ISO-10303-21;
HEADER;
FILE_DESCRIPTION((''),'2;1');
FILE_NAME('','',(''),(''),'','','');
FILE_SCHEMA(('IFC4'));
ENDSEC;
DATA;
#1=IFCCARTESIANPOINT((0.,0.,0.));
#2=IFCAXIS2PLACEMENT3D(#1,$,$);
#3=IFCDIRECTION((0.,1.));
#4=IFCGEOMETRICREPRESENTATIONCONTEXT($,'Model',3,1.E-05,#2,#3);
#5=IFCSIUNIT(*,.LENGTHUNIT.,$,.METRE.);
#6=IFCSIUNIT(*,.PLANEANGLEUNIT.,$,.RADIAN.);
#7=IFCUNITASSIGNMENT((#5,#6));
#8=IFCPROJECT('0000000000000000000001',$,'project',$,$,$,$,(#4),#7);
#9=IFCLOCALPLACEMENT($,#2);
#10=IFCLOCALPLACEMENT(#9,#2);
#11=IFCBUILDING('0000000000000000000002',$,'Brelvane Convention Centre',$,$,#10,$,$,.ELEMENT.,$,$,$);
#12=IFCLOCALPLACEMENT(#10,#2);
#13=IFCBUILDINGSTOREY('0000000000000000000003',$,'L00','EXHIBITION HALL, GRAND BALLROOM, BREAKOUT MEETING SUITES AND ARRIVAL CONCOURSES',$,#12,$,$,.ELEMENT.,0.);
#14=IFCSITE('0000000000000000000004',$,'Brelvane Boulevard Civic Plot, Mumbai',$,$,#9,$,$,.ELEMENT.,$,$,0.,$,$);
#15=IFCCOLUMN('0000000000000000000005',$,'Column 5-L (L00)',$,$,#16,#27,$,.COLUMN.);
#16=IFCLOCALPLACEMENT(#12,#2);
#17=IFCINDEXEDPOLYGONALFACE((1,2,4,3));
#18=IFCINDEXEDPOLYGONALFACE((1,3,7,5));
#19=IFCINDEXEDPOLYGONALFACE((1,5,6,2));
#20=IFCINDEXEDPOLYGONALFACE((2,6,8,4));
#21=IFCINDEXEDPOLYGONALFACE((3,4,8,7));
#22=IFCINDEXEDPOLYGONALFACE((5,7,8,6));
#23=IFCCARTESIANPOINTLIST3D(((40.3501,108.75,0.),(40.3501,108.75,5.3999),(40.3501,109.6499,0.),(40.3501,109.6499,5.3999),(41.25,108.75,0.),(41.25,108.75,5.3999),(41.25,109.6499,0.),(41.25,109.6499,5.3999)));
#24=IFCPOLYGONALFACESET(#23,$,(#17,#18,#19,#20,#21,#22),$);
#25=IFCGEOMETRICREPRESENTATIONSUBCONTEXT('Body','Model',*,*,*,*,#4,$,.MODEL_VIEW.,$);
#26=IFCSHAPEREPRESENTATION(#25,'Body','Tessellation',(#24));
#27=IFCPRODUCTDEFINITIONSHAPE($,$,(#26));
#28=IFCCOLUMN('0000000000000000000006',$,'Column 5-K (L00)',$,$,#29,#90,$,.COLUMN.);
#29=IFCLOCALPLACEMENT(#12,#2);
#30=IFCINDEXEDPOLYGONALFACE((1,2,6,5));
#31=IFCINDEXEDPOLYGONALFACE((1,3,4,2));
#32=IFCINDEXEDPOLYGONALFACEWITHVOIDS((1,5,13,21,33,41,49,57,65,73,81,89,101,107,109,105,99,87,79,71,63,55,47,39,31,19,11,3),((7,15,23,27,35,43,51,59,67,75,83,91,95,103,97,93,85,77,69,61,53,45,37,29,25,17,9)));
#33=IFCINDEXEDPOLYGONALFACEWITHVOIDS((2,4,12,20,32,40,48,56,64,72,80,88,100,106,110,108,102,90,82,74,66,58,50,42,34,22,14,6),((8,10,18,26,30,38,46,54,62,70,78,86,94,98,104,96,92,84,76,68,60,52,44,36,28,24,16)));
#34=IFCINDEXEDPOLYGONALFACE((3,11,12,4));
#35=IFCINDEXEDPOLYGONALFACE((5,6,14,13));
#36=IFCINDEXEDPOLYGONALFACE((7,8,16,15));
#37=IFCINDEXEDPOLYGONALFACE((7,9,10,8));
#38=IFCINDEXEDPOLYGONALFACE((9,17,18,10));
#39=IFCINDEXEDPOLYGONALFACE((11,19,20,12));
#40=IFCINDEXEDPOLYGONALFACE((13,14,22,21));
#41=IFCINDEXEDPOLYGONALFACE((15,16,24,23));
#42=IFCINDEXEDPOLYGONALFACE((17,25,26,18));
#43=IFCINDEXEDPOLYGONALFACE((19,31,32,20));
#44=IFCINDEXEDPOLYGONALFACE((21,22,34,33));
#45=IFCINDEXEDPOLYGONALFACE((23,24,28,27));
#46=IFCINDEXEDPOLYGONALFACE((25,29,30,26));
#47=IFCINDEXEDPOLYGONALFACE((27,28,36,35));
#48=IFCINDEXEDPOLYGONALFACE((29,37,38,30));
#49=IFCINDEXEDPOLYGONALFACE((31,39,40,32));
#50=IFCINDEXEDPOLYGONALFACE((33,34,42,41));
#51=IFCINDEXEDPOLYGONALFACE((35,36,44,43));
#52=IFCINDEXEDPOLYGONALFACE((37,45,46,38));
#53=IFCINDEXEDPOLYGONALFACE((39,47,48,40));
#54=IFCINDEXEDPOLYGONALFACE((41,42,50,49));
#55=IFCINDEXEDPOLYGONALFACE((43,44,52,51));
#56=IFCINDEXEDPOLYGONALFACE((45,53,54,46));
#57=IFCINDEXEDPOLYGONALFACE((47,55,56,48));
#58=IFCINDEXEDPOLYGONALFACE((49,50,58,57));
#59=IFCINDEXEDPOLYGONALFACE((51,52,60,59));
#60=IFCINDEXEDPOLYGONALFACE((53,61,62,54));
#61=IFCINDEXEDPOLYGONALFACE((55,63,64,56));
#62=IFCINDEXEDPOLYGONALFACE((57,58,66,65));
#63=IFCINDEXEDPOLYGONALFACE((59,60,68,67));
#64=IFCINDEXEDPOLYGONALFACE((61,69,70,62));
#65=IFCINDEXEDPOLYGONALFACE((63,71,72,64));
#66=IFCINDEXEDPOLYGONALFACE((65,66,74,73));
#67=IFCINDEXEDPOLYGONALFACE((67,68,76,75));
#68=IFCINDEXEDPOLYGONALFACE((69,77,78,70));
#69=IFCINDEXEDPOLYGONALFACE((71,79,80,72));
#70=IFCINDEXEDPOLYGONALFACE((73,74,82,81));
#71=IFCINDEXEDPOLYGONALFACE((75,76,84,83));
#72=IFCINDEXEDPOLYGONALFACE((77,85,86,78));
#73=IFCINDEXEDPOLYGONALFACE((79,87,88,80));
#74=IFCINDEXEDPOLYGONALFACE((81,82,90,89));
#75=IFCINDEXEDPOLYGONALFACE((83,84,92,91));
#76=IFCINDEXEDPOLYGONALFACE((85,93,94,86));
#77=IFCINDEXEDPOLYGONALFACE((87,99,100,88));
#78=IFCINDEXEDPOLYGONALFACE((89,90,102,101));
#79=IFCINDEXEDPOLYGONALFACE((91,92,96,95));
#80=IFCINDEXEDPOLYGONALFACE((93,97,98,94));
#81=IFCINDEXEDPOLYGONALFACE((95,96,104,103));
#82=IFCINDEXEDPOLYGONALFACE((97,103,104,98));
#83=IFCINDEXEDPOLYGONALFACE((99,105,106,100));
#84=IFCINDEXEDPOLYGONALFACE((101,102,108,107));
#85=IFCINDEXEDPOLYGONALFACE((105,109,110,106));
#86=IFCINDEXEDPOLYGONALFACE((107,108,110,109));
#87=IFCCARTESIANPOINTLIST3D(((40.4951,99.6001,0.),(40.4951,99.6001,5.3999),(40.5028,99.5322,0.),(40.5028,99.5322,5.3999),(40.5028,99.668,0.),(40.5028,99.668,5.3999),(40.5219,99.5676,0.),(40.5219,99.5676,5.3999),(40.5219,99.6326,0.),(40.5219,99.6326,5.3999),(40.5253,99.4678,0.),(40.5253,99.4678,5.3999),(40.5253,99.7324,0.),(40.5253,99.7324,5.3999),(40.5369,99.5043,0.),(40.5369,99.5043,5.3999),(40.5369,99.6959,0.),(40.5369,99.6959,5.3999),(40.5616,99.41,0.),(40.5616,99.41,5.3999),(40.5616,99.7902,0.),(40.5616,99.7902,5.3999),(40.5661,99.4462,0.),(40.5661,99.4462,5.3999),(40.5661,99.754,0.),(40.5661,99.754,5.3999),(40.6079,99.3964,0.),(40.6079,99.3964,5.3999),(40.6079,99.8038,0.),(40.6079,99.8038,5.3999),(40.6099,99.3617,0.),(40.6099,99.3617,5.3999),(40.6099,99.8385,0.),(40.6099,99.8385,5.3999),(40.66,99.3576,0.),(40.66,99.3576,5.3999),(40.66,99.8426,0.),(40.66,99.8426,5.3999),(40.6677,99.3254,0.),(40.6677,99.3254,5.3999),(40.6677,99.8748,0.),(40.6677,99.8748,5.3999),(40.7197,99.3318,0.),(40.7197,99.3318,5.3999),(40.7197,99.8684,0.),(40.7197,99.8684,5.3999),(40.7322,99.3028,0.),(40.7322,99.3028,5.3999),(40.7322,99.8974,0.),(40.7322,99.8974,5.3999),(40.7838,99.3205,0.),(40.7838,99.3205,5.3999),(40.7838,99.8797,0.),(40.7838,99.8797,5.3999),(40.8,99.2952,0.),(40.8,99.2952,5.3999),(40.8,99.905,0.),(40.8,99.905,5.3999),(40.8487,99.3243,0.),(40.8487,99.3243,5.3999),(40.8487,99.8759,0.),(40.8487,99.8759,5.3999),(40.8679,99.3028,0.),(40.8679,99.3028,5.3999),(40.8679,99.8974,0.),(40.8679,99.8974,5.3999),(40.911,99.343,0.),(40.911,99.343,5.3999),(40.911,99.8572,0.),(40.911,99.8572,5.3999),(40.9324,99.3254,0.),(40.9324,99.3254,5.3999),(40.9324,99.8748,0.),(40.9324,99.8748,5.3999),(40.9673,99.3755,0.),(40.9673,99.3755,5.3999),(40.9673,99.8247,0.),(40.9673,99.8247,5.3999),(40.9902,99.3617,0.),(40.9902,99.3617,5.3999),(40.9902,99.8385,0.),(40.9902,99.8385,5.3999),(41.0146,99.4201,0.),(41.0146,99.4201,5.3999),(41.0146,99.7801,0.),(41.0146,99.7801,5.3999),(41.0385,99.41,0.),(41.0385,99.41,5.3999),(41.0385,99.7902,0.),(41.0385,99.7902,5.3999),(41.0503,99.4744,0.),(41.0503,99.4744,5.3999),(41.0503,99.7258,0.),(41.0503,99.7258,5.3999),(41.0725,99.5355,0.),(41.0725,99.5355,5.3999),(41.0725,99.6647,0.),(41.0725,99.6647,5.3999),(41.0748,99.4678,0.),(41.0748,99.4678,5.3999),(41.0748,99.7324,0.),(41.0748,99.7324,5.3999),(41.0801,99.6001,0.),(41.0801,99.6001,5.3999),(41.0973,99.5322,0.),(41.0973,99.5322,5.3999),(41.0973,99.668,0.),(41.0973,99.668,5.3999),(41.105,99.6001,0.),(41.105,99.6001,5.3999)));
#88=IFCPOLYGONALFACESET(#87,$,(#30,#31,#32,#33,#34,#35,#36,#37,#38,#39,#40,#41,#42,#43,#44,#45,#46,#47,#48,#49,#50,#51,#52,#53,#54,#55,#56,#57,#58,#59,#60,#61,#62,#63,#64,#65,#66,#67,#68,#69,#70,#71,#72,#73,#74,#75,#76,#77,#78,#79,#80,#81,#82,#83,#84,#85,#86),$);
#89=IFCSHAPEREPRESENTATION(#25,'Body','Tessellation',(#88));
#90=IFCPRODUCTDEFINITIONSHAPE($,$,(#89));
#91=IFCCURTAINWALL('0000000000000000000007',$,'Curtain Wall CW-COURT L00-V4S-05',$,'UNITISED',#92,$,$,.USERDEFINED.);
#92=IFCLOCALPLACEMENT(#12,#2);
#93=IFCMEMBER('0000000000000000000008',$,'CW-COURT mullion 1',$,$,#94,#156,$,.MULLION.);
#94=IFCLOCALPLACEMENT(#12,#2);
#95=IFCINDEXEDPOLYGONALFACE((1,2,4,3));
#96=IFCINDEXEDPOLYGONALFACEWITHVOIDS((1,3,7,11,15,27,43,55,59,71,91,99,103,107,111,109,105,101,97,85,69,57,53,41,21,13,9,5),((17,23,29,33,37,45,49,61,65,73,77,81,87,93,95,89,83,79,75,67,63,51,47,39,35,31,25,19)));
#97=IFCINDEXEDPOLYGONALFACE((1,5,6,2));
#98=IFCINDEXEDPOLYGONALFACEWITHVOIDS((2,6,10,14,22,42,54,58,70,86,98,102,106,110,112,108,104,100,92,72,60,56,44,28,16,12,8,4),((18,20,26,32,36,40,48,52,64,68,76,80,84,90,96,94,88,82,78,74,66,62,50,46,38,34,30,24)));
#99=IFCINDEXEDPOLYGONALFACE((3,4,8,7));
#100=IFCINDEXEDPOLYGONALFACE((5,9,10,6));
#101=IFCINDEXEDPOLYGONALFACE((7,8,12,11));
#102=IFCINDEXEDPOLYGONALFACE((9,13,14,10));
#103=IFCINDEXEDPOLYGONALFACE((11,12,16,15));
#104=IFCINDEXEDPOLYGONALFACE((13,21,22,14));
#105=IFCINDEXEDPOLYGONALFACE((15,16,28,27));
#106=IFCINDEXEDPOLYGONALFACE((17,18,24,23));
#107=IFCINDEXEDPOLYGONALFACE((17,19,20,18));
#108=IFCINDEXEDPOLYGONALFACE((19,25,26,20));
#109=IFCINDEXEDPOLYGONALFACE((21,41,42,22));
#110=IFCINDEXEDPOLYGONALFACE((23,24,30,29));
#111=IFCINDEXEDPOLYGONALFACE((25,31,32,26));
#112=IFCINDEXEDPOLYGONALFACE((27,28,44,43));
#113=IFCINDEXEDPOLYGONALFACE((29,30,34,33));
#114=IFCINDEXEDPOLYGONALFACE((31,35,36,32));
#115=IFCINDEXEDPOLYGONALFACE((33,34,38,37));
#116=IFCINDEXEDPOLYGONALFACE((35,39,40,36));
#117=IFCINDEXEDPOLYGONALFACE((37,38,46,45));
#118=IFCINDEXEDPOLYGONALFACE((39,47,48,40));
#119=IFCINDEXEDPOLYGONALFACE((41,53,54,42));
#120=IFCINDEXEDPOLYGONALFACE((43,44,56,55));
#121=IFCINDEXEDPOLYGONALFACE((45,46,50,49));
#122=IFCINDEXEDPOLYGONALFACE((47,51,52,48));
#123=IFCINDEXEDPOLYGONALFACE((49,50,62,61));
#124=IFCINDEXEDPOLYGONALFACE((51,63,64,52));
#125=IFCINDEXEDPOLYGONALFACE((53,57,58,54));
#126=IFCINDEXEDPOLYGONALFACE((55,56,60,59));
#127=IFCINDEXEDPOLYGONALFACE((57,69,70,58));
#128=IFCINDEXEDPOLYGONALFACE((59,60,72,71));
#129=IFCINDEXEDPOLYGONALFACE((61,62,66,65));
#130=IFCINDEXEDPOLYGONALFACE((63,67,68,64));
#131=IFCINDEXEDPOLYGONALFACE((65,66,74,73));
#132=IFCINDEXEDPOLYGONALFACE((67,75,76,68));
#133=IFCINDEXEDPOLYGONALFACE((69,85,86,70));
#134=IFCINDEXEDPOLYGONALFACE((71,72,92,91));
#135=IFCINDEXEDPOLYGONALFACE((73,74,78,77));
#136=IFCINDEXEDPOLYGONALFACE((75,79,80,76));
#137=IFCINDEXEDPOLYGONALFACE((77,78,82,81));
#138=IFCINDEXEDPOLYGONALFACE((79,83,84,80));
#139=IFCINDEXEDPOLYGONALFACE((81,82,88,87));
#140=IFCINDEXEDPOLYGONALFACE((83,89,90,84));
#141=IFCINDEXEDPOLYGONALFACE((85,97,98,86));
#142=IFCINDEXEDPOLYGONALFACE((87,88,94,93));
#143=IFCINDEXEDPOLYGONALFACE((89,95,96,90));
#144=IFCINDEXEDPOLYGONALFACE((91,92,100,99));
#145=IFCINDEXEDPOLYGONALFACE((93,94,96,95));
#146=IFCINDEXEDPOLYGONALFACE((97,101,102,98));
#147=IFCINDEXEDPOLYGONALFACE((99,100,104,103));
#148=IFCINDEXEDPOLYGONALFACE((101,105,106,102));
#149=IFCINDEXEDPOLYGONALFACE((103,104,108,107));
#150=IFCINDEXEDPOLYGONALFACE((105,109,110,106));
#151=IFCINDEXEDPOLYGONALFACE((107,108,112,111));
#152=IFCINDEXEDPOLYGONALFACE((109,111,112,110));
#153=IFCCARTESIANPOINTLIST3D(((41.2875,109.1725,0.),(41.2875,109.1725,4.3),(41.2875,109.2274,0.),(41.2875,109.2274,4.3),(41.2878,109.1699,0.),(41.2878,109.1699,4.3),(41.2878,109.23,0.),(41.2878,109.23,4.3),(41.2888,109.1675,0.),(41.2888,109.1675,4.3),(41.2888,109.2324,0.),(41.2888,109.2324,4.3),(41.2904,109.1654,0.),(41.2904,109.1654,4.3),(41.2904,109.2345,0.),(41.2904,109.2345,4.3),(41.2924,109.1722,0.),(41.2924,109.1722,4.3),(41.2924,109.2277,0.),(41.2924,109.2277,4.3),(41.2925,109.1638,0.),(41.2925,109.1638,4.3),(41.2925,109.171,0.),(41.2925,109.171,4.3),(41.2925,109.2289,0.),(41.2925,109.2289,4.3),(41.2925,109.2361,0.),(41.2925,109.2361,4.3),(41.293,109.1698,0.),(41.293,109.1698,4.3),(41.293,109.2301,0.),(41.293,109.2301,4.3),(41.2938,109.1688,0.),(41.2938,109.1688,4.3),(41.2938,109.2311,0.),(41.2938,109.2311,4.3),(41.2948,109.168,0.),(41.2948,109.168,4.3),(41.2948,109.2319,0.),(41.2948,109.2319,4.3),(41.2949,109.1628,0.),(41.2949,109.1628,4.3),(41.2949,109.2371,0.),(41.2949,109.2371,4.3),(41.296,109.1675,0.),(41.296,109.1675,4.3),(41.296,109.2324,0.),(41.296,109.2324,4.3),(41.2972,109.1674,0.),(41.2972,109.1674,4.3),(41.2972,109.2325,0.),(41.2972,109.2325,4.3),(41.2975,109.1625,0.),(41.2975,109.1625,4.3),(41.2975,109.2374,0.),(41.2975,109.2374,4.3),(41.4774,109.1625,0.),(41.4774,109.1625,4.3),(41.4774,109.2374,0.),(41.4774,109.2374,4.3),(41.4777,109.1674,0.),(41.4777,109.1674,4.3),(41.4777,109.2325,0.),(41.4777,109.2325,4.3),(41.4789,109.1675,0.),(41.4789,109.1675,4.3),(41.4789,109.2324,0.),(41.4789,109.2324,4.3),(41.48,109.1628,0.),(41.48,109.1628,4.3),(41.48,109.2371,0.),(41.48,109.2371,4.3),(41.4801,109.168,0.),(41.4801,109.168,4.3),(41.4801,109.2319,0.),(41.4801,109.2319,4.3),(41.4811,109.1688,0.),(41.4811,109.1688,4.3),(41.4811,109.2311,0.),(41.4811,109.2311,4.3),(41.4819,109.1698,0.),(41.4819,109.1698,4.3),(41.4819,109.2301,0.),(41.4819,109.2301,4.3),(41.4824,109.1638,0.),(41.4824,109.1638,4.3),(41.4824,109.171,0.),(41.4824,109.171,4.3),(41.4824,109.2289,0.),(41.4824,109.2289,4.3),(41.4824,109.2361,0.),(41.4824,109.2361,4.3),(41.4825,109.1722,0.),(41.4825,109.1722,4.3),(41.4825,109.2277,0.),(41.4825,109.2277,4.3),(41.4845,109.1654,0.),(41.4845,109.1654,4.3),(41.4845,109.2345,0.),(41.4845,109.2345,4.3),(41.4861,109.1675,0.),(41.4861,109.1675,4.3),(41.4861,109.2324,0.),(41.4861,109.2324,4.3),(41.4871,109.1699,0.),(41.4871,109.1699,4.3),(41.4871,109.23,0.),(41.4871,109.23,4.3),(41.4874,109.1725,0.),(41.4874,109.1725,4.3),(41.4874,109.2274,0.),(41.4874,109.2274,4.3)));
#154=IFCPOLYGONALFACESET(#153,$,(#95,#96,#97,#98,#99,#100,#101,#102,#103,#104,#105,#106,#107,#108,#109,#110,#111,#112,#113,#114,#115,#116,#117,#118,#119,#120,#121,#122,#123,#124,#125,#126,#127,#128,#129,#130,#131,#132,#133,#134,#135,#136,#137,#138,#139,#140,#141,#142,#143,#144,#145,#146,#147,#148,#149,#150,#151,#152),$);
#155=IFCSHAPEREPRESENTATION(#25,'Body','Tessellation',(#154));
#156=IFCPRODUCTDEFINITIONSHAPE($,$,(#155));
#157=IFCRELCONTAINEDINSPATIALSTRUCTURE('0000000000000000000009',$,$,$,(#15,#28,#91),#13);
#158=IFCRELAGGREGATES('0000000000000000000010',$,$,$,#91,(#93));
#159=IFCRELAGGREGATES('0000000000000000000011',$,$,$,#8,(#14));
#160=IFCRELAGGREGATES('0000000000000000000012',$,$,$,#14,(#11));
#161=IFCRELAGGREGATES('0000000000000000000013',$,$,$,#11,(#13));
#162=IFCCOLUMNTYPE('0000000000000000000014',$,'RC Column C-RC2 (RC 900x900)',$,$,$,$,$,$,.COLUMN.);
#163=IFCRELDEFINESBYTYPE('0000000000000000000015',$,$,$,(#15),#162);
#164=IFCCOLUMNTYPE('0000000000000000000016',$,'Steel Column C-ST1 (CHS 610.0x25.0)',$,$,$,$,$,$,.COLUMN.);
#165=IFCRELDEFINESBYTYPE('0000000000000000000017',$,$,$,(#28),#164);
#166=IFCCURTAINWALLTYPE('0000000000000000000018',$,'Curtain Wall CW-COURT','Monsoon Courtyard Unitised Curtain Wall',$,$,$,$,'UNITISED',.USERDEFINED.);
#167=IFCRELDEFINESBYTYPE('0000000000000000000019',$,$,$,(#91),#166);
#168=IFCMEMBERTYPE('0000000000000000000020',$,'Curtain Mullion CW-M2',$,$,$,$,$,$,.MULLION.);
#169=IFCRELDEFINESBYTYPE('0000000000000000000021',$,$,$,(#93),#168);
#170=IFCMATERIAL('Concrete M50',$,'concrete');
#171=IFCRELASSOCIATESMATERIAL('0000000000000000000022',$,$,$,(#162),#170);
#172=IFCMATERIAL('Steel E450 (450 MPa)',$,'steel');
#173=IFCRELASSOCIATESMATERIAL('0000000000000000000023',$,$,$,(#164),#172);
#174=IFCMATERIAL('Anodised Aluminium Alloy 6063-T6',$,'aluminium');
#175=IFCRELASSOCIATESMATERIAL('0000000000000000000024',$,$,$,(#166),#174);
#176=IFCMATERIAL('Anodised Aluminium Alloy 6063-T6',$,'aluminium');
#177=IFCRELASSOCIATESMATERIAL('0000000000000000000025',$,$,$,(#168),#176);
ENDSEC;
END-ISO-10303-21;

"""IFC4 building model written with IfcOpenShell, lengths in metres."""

from ifc_helpers import new_model, si_unit, direction, frame, origin, origin_2d, place, context, subcontext, project, spatial, rectangle, hollow_rectangle, hollow_circle, extrude, material, material_profile, profile_set, type_object, element, aggregate, save


model = new_model("IFC4")

# Units and contexts
model_context = context("Model", 3, precision=1e-05, world=origin(), true_north=direction((0.0, 1.0)))
body_context = subcontext(model_context, "Body", "Model", "MODEL_VIEW")
ifc_project = project(units=[si_unit("LENGTHUNIT", "METRE"), si_unit("PLANEANGLEUNIT", "RADIAN")], contexts=[model_context])

# Site, building, storey
site_placement = place(None, origin())
site = spatial("IfcSite", under=ifc_project, at=site_placement, Name="Brelvane Boulevard Civic Plot, Mumbai", CompositionType="ELEMENT", RefElevation=0.0)
building_placement = place(site_placement, origin())
building = spatial("IfcBuilding", under=site, at=building_placement, Name="Brelvane Convention Centre", CompositionType="ELEMENT")
storey_placement = place(building_placement, origin())
storey = spatial("IfcBuildingStorey", under=building, at=storey_placement, Name="L00", Description="EXHIBITION HALL, GRAND BALLROOM, BREAKOUT MEETING SUITES AND ARRIVAL CONCOURSES", CompositionType="ELEMENT", Elevation=0.0)

# Columns
ifc_material_1 = material(Name="Concrete M50", Category="concrete")
ifc_material_profile_1 = material_profile(ifc_material_1, rectangle(XDim=0.8999, YDim=0.8999, at=origin_2d()), Name="RC 900x900")
ifc_profile_set_1 = profile_set([ifc_material_profile_1], Name="Concrete M50")
column_type_1 = type_object("IfcColumnType", Name="RC Column C-RC2 (RC 900x900)", PredefinedType="COLUMN", material=ifc_profile_set_1)
column_1_placement = place(storey_placement, frame((40.8, 109.2, 0.0), z_axis=(0.0, 0.0, 1.0), x_axis=(1.0, 0.0, 0.0)))
element("IfcColumn", 1, at=column_1_placement, inside=storey, type_object=column_type_1, Name="Column 5-L (L00)", PredefinedType="COLUMN", context=body_context, shape_type="SweptSolid", body=[
    extrude(rectangle(XDim=0.8999, YDim=0.8999, at=origin_2d()), origin(), (0.0, 0.0, 1.0), 5.3999),
])
ifc_material_2 = material(Name="Steel E450 (450 MPa)", Category="steel")
ifc_material_profile_2 = material_profile(ifc_material_2, hollow_circle(Radius=0.3049, WallThickness=0.0249, at=origin_2d()), Name="CHS 610.0x25.0")
ifc_profile_set_2 = profile_set([ifc_material_profile_2], Name="Steel E450 (450 MPa)")
column_type_2 = type_object("IfcColumnType", Name="Steel Column C-ST1 (CHS 610.0x25.0)", PredefinedType="COLUMN", material=ifc_profile_set_2)
column_2_placement = place(storey_placement, frame((40.8, 99.6001, 0.0), z_axis=(0.0, 0.0, 1.0), x_axis=(1.0, 0.0, 0.0)))
element("IfcColumn", 2, at=column_2_placement, inside=storey, type_object=column_type_2, Name="Column 5-K (L00)", PredefinedType="COLUMN", context=body_context, shape_type="SweptSolid", body=[
    extrude(hollow_circle(Radius=0.3049, WallThickness=0.0249, at=origin_2d()), origin(), (0.0, 0.0, 1.0), 5.3999),
])

# Curtain wall, member
ifc_material_3 = material(Name="Anodised Aluminium Alloy 6063-T6", Category="aluminium")
curtain_wall_type = type_object("IfcCurtainWallType", Name="Curtain Wall CW-COURT", Description="Monsoon Courtyard Unitised Curtain Wall", ElementType="UNITISED", PredefinedType="USERDEFINED", material=ifc_material_3)
curtain_wall_placement = place(storey_placement, origin())
curtain_wall = element("IfcCurtainWall", 3, at=curtain_wall_placement, inside=storey, type_object=curtain_wall_type, Name="Curtain Wall CW-COURT L00-V4S-05", ObjectType="UNITISED", PredefinedType="USERDEFINED")
ifc_material_4 = material(Name="Anodised Aluminium Alloy 6063-T6", Category="aluminium")
ifc_material_profile_3 = material_profile(ifc_material_4, hollow_rectangle(XDim=0.075, YDim=0.2, WallThickness=0.0049, InnerFilletRadius=0.0049, OuterFilletRadius=0.01, at=origin_2d()), Name="ALU-M 200x75x5.0")
ifc_profile_set_3 = profile_set([ifc_material_profile_3], Name="Anodised Aluminium Alloy 6063-T6")
member_type_1 = type_object("IfcMemberType", Name="Curtain Mullion CW-M2", PredefinedType="MULLION", material=ifc_profile_set_3)
member_1_placement = place(storey_placement, frame((41.3875, 109.2, 0.0), z_axis=(0.0, 0.0, 1.0), x_axis=(0.0, 1.0, 0.0)))
member_1 = element("IfcMember", 4, at=member_1_placement, type_object=member_type_1, Name="CW-COURT mullion 1", PredefinedType="MULLION", context=body_context, shape_type="SweptSolid", body=[
    extrude(hollow_rectangle(XDim=0.075, YDim=0.2, WallThickness=0.0049, InnerFilletRadius=0.0049, OuterFilletRadius=0.01, at=origin_2d()), origin(), (0.0, 0.0, 1.0), 4.3),
])

aggregate(curtain_wall, [member_1])

save(model, "model.ifc")
